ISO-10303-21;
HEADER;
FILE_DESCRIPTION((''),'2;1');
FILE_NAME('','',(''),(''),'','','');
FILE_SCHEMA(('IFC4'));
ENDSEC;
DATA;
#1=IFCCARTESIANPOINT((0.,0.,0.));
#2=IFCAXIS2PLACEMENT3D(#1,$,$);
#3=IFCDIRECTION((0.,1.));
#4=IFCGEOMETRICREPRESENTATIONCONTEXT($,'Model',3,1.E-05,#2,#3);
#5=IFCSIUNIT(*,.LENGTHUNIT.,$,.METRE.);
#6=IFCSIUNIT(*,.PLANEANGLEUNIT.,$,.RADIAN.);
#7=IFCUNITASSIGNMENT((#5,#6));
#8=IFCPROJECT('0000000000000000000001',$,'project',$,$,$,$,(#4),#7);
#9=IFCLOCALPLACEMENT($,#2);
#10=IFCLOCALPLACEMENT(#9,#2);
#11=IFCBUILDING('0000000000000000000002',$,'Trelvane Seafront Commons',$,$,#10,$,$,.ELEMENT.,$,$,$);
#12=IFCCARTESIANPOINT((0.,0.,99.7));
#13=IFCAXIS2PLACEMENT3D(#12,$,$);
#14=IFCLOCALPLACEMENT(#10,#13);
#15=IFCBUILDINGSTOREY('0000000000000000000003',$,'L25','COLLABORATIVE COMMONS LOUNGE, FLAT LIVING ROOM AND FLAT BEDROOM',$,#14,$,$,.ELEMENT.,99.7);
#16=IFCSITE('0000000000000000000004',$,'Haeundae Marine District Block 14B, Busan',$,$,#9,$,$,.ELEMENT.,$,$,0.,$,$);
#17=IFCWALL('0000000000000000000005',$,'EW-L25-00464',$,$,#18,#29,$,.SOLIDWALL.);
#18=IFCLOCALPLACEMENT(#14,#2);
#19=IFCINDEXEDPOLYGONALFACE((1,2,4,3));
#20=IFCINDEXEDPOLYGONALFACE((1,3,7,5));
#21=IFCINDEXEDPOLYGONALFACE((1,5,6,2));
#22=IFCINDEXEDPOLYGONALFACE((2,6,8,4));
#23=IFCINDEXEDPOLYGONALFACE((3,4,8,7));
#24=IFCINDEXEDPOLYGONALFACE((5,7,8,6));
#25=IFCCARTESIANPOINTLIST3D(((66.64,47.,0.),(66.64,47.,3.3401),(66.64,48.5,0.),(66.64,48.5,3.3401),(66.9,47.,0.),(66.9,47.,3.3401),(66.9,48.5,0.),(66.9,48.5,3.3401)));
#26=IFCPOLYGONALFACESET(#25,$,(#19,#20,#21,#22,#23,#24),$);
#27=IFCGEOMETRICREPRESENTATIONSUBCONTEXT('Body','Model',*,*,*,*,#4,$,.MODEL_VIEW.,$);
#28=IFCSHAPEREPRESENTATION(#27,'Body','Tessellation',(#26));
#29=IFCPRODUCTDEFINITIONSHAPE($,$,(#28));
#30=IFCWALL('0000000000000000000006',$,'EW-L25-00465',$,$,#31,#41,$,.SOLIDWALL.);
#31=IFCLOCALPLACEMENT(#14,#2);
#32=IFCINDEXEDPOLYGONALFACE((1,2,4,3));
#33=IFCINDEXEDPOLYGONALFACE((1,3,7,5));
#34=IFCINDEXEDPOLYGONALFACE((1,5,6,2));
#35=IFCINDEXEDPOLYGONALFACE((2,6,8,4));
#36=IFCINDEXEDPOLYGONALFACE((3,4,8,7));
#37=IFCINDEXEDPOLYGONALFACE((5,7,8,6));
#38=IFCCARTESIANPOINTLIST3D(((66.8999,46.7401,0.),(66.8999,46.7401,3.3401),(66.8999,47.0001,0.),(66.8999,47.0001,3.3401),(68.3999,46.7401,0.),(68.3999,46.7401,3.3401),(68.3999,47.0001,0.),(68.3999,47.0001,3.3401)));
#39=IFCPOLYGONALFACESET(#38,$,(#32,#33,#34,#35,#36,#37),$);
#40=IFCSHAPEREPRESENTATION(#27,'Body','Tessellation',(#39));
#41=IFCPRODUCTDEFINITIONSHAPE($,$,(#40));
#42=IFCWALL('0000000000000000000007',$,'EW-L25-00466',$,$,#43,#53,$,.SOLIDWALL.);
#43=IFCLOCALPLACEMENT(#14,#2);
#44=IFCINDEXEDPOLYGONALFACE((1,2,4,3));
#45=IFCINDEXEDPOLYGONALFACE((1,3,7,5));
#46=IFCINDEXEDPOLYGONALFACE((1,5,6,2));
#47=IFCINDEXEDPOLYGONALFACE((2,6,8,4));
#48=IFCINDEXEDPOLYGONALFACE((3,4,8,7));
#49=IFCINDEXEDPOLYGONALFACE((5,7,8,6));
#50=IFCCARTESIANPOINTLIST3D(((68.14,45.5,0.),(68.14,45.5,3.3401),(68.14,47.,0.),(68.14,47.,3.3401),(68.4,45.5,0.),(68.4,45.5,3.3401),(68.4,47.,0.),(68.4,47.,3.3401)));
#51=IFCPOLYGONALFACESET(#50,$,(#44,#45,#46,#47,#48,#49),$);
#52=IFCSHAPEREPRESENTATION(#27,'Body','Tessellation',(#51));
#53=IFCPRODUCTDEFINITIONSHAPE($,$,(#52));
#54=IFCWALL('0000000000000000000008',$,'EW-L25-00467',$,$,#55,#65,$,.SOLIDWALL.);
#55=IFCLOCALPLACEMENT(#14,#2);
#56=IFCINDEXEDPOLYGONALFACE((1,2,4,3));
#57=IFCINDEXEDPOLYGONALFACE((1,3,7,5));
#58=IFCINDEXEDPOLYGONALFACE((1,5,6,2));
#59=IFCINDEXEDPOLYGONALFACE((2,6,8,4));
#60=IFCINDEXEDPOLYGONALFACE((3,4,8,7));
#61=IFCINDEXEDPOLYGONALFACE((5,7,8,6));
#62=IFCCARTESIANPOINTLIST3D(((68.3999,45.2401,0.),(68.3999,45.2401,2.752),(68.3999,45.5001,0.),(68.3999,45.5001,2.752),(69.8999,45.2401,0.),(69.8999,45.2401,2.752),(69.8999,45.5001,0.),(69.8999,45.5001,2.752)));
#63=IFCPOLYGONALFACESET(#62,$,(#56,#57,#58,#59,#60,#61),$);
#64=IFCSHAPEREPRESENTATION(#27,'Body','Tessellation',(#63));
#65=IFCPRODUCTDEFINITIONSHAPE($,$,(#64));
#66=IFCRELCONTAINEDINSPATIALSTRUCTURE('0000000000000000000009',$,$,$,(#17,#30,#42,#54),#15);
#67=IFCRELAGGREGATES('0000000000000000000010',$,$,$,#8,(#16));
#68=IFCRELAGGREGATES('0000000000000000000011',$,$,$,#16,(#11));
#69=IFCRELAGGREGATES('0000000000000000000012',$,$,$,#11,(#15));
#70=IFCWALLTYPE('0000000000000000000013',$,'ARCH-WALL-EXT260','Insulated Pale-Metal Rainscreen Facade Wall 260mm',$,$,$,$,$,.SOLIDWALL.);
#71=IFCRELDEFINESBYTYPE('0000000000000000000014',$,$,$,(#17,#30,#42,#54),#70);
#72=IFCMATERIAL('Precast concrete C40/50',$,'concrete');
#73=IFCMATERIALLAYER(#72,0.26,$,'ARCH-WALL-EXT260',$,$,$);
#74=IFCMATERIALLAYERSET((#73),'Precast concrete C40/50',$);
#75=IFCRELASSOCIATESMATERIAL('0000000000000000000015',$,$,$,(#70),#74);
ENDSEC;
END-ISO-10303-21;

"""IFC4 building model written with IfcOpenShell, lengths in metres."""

from ifc_helpers import new_model, si_unit, direction, frame, frame_2d, origin, place, context, subcontext, project, spatial, rectangle, extrude, material, layer, layer_set, type_object, element, save


model = new_model("IFC4")

# Units and contexts
model_context = context("Model", 3, precision=1e-05, world=origin(), true_north=direction((0.0, 1.0)))
body_context = subcontext(model_context, "Body", "Model", "MODEL_VIEW")
ifc_project = project(units=[si_unit("LENGTHUNIT", "METRE"), si_unit("PLANEANGLEUNIT", "RADIAN")], contexts=[model_context])

# Site, building, storey
site_placement = place(None, origin())
site = spatial("IfcSite", under=ifc_project, at=site_placement, Name="Haeundae Marine District Block 14B, Busan", CompositionType="ELEMENT", RefElevation=0.0)
building_placement = place(site_placement, origin())
building = spatial("IfcBuilding", under=site, at=building_placement, Name="Trelvane Seafront Commons", CompositionType="ELEMENT")
storey_placement = place(building_placement, frame((0.0, 0.0, 99.7)))
storey = spatial("IfcBuildingStorey", under=building, at=storey_placement, Name="L25", Description="COLLABORATIVE COMMONS LOUNGE, FLAT LIVING ROOM AND FLAT BEDROOM", CompositionType="ELEMENT", Elevation=99.7)

# Shared definitions
ifc_material_1 = material(Name="Precast concrete C40/50", Category="concrete")
ifc_layer_1 = layer(ifc_material_1, 0.26, Name="ARCH-WALL-EXT260")
ifc_layer_set_1 = layer_set([ifc_layer_1], Name="Precast concrete C40/50")
wall_type = type_object("IfcWallType", Name="ARCH-WALL-EXT260", Description="Insulated Pale-Metal Rainscreen Facade Wall 260mm", PredefinedType="SOLIDWALL", material=ifc_layer_set_1)

# Walls
for number, where, z_axis, x_axis, name in (
    (1, (66.77, 48.5, 0.0), (0.0, 0.0, 1.0), (0.0, -1.0, 0.0), "EW-L25-00464"),
    (2, (66.8999, 46.8701, 0.0), (0.0, 0.0, 1.0), (1.0, 0.0, 0.0), "EW-L25-00465"),
    (3, (68.27, 47.0, 0.0), (0.0, 0.0, 1.0), (0.0, -1.0, 0.0), "EW-L25-00466"),
):
    element("IfcWall", number, at=place(storey_placement, frame(where, z_axis=z_axis, x_axis=x_axis)), inside=storey, type_object=wall_type, Name=name, PredefinedType="SOLIDWALL", context=body_context, shape_type="SweptSolid", body=[
        extrude(rectangle(XDim=1.5, YDim=0.26, at=frame_2d((0.75, 0.0))), origin(), (0.0, 0.0, 1.0), 3.3401),
    ])
wall_1_placement = place(storey_placement, frame((68.3999, 45.3701, 0.0), z_axis=(0.0, 0.0, 1.0), x_axis=(1.0, 0.0, 0.0)))
element("IfcWall", 4, at=wall_1_placement, inside=storey, type_object=wall_type, Name="EW-L25-00467", PredefinedType="SOLIDWALL", context=body_context, shape_type="SweptSolid", body=[
    extrude(rectangle(XDim=1.5, YDim=0.26, at=frame_2d((0.75, 0.0))), origin(), (0.0, 0.0, 1.0), 2.752),
])

save(model, "model.ifc")
